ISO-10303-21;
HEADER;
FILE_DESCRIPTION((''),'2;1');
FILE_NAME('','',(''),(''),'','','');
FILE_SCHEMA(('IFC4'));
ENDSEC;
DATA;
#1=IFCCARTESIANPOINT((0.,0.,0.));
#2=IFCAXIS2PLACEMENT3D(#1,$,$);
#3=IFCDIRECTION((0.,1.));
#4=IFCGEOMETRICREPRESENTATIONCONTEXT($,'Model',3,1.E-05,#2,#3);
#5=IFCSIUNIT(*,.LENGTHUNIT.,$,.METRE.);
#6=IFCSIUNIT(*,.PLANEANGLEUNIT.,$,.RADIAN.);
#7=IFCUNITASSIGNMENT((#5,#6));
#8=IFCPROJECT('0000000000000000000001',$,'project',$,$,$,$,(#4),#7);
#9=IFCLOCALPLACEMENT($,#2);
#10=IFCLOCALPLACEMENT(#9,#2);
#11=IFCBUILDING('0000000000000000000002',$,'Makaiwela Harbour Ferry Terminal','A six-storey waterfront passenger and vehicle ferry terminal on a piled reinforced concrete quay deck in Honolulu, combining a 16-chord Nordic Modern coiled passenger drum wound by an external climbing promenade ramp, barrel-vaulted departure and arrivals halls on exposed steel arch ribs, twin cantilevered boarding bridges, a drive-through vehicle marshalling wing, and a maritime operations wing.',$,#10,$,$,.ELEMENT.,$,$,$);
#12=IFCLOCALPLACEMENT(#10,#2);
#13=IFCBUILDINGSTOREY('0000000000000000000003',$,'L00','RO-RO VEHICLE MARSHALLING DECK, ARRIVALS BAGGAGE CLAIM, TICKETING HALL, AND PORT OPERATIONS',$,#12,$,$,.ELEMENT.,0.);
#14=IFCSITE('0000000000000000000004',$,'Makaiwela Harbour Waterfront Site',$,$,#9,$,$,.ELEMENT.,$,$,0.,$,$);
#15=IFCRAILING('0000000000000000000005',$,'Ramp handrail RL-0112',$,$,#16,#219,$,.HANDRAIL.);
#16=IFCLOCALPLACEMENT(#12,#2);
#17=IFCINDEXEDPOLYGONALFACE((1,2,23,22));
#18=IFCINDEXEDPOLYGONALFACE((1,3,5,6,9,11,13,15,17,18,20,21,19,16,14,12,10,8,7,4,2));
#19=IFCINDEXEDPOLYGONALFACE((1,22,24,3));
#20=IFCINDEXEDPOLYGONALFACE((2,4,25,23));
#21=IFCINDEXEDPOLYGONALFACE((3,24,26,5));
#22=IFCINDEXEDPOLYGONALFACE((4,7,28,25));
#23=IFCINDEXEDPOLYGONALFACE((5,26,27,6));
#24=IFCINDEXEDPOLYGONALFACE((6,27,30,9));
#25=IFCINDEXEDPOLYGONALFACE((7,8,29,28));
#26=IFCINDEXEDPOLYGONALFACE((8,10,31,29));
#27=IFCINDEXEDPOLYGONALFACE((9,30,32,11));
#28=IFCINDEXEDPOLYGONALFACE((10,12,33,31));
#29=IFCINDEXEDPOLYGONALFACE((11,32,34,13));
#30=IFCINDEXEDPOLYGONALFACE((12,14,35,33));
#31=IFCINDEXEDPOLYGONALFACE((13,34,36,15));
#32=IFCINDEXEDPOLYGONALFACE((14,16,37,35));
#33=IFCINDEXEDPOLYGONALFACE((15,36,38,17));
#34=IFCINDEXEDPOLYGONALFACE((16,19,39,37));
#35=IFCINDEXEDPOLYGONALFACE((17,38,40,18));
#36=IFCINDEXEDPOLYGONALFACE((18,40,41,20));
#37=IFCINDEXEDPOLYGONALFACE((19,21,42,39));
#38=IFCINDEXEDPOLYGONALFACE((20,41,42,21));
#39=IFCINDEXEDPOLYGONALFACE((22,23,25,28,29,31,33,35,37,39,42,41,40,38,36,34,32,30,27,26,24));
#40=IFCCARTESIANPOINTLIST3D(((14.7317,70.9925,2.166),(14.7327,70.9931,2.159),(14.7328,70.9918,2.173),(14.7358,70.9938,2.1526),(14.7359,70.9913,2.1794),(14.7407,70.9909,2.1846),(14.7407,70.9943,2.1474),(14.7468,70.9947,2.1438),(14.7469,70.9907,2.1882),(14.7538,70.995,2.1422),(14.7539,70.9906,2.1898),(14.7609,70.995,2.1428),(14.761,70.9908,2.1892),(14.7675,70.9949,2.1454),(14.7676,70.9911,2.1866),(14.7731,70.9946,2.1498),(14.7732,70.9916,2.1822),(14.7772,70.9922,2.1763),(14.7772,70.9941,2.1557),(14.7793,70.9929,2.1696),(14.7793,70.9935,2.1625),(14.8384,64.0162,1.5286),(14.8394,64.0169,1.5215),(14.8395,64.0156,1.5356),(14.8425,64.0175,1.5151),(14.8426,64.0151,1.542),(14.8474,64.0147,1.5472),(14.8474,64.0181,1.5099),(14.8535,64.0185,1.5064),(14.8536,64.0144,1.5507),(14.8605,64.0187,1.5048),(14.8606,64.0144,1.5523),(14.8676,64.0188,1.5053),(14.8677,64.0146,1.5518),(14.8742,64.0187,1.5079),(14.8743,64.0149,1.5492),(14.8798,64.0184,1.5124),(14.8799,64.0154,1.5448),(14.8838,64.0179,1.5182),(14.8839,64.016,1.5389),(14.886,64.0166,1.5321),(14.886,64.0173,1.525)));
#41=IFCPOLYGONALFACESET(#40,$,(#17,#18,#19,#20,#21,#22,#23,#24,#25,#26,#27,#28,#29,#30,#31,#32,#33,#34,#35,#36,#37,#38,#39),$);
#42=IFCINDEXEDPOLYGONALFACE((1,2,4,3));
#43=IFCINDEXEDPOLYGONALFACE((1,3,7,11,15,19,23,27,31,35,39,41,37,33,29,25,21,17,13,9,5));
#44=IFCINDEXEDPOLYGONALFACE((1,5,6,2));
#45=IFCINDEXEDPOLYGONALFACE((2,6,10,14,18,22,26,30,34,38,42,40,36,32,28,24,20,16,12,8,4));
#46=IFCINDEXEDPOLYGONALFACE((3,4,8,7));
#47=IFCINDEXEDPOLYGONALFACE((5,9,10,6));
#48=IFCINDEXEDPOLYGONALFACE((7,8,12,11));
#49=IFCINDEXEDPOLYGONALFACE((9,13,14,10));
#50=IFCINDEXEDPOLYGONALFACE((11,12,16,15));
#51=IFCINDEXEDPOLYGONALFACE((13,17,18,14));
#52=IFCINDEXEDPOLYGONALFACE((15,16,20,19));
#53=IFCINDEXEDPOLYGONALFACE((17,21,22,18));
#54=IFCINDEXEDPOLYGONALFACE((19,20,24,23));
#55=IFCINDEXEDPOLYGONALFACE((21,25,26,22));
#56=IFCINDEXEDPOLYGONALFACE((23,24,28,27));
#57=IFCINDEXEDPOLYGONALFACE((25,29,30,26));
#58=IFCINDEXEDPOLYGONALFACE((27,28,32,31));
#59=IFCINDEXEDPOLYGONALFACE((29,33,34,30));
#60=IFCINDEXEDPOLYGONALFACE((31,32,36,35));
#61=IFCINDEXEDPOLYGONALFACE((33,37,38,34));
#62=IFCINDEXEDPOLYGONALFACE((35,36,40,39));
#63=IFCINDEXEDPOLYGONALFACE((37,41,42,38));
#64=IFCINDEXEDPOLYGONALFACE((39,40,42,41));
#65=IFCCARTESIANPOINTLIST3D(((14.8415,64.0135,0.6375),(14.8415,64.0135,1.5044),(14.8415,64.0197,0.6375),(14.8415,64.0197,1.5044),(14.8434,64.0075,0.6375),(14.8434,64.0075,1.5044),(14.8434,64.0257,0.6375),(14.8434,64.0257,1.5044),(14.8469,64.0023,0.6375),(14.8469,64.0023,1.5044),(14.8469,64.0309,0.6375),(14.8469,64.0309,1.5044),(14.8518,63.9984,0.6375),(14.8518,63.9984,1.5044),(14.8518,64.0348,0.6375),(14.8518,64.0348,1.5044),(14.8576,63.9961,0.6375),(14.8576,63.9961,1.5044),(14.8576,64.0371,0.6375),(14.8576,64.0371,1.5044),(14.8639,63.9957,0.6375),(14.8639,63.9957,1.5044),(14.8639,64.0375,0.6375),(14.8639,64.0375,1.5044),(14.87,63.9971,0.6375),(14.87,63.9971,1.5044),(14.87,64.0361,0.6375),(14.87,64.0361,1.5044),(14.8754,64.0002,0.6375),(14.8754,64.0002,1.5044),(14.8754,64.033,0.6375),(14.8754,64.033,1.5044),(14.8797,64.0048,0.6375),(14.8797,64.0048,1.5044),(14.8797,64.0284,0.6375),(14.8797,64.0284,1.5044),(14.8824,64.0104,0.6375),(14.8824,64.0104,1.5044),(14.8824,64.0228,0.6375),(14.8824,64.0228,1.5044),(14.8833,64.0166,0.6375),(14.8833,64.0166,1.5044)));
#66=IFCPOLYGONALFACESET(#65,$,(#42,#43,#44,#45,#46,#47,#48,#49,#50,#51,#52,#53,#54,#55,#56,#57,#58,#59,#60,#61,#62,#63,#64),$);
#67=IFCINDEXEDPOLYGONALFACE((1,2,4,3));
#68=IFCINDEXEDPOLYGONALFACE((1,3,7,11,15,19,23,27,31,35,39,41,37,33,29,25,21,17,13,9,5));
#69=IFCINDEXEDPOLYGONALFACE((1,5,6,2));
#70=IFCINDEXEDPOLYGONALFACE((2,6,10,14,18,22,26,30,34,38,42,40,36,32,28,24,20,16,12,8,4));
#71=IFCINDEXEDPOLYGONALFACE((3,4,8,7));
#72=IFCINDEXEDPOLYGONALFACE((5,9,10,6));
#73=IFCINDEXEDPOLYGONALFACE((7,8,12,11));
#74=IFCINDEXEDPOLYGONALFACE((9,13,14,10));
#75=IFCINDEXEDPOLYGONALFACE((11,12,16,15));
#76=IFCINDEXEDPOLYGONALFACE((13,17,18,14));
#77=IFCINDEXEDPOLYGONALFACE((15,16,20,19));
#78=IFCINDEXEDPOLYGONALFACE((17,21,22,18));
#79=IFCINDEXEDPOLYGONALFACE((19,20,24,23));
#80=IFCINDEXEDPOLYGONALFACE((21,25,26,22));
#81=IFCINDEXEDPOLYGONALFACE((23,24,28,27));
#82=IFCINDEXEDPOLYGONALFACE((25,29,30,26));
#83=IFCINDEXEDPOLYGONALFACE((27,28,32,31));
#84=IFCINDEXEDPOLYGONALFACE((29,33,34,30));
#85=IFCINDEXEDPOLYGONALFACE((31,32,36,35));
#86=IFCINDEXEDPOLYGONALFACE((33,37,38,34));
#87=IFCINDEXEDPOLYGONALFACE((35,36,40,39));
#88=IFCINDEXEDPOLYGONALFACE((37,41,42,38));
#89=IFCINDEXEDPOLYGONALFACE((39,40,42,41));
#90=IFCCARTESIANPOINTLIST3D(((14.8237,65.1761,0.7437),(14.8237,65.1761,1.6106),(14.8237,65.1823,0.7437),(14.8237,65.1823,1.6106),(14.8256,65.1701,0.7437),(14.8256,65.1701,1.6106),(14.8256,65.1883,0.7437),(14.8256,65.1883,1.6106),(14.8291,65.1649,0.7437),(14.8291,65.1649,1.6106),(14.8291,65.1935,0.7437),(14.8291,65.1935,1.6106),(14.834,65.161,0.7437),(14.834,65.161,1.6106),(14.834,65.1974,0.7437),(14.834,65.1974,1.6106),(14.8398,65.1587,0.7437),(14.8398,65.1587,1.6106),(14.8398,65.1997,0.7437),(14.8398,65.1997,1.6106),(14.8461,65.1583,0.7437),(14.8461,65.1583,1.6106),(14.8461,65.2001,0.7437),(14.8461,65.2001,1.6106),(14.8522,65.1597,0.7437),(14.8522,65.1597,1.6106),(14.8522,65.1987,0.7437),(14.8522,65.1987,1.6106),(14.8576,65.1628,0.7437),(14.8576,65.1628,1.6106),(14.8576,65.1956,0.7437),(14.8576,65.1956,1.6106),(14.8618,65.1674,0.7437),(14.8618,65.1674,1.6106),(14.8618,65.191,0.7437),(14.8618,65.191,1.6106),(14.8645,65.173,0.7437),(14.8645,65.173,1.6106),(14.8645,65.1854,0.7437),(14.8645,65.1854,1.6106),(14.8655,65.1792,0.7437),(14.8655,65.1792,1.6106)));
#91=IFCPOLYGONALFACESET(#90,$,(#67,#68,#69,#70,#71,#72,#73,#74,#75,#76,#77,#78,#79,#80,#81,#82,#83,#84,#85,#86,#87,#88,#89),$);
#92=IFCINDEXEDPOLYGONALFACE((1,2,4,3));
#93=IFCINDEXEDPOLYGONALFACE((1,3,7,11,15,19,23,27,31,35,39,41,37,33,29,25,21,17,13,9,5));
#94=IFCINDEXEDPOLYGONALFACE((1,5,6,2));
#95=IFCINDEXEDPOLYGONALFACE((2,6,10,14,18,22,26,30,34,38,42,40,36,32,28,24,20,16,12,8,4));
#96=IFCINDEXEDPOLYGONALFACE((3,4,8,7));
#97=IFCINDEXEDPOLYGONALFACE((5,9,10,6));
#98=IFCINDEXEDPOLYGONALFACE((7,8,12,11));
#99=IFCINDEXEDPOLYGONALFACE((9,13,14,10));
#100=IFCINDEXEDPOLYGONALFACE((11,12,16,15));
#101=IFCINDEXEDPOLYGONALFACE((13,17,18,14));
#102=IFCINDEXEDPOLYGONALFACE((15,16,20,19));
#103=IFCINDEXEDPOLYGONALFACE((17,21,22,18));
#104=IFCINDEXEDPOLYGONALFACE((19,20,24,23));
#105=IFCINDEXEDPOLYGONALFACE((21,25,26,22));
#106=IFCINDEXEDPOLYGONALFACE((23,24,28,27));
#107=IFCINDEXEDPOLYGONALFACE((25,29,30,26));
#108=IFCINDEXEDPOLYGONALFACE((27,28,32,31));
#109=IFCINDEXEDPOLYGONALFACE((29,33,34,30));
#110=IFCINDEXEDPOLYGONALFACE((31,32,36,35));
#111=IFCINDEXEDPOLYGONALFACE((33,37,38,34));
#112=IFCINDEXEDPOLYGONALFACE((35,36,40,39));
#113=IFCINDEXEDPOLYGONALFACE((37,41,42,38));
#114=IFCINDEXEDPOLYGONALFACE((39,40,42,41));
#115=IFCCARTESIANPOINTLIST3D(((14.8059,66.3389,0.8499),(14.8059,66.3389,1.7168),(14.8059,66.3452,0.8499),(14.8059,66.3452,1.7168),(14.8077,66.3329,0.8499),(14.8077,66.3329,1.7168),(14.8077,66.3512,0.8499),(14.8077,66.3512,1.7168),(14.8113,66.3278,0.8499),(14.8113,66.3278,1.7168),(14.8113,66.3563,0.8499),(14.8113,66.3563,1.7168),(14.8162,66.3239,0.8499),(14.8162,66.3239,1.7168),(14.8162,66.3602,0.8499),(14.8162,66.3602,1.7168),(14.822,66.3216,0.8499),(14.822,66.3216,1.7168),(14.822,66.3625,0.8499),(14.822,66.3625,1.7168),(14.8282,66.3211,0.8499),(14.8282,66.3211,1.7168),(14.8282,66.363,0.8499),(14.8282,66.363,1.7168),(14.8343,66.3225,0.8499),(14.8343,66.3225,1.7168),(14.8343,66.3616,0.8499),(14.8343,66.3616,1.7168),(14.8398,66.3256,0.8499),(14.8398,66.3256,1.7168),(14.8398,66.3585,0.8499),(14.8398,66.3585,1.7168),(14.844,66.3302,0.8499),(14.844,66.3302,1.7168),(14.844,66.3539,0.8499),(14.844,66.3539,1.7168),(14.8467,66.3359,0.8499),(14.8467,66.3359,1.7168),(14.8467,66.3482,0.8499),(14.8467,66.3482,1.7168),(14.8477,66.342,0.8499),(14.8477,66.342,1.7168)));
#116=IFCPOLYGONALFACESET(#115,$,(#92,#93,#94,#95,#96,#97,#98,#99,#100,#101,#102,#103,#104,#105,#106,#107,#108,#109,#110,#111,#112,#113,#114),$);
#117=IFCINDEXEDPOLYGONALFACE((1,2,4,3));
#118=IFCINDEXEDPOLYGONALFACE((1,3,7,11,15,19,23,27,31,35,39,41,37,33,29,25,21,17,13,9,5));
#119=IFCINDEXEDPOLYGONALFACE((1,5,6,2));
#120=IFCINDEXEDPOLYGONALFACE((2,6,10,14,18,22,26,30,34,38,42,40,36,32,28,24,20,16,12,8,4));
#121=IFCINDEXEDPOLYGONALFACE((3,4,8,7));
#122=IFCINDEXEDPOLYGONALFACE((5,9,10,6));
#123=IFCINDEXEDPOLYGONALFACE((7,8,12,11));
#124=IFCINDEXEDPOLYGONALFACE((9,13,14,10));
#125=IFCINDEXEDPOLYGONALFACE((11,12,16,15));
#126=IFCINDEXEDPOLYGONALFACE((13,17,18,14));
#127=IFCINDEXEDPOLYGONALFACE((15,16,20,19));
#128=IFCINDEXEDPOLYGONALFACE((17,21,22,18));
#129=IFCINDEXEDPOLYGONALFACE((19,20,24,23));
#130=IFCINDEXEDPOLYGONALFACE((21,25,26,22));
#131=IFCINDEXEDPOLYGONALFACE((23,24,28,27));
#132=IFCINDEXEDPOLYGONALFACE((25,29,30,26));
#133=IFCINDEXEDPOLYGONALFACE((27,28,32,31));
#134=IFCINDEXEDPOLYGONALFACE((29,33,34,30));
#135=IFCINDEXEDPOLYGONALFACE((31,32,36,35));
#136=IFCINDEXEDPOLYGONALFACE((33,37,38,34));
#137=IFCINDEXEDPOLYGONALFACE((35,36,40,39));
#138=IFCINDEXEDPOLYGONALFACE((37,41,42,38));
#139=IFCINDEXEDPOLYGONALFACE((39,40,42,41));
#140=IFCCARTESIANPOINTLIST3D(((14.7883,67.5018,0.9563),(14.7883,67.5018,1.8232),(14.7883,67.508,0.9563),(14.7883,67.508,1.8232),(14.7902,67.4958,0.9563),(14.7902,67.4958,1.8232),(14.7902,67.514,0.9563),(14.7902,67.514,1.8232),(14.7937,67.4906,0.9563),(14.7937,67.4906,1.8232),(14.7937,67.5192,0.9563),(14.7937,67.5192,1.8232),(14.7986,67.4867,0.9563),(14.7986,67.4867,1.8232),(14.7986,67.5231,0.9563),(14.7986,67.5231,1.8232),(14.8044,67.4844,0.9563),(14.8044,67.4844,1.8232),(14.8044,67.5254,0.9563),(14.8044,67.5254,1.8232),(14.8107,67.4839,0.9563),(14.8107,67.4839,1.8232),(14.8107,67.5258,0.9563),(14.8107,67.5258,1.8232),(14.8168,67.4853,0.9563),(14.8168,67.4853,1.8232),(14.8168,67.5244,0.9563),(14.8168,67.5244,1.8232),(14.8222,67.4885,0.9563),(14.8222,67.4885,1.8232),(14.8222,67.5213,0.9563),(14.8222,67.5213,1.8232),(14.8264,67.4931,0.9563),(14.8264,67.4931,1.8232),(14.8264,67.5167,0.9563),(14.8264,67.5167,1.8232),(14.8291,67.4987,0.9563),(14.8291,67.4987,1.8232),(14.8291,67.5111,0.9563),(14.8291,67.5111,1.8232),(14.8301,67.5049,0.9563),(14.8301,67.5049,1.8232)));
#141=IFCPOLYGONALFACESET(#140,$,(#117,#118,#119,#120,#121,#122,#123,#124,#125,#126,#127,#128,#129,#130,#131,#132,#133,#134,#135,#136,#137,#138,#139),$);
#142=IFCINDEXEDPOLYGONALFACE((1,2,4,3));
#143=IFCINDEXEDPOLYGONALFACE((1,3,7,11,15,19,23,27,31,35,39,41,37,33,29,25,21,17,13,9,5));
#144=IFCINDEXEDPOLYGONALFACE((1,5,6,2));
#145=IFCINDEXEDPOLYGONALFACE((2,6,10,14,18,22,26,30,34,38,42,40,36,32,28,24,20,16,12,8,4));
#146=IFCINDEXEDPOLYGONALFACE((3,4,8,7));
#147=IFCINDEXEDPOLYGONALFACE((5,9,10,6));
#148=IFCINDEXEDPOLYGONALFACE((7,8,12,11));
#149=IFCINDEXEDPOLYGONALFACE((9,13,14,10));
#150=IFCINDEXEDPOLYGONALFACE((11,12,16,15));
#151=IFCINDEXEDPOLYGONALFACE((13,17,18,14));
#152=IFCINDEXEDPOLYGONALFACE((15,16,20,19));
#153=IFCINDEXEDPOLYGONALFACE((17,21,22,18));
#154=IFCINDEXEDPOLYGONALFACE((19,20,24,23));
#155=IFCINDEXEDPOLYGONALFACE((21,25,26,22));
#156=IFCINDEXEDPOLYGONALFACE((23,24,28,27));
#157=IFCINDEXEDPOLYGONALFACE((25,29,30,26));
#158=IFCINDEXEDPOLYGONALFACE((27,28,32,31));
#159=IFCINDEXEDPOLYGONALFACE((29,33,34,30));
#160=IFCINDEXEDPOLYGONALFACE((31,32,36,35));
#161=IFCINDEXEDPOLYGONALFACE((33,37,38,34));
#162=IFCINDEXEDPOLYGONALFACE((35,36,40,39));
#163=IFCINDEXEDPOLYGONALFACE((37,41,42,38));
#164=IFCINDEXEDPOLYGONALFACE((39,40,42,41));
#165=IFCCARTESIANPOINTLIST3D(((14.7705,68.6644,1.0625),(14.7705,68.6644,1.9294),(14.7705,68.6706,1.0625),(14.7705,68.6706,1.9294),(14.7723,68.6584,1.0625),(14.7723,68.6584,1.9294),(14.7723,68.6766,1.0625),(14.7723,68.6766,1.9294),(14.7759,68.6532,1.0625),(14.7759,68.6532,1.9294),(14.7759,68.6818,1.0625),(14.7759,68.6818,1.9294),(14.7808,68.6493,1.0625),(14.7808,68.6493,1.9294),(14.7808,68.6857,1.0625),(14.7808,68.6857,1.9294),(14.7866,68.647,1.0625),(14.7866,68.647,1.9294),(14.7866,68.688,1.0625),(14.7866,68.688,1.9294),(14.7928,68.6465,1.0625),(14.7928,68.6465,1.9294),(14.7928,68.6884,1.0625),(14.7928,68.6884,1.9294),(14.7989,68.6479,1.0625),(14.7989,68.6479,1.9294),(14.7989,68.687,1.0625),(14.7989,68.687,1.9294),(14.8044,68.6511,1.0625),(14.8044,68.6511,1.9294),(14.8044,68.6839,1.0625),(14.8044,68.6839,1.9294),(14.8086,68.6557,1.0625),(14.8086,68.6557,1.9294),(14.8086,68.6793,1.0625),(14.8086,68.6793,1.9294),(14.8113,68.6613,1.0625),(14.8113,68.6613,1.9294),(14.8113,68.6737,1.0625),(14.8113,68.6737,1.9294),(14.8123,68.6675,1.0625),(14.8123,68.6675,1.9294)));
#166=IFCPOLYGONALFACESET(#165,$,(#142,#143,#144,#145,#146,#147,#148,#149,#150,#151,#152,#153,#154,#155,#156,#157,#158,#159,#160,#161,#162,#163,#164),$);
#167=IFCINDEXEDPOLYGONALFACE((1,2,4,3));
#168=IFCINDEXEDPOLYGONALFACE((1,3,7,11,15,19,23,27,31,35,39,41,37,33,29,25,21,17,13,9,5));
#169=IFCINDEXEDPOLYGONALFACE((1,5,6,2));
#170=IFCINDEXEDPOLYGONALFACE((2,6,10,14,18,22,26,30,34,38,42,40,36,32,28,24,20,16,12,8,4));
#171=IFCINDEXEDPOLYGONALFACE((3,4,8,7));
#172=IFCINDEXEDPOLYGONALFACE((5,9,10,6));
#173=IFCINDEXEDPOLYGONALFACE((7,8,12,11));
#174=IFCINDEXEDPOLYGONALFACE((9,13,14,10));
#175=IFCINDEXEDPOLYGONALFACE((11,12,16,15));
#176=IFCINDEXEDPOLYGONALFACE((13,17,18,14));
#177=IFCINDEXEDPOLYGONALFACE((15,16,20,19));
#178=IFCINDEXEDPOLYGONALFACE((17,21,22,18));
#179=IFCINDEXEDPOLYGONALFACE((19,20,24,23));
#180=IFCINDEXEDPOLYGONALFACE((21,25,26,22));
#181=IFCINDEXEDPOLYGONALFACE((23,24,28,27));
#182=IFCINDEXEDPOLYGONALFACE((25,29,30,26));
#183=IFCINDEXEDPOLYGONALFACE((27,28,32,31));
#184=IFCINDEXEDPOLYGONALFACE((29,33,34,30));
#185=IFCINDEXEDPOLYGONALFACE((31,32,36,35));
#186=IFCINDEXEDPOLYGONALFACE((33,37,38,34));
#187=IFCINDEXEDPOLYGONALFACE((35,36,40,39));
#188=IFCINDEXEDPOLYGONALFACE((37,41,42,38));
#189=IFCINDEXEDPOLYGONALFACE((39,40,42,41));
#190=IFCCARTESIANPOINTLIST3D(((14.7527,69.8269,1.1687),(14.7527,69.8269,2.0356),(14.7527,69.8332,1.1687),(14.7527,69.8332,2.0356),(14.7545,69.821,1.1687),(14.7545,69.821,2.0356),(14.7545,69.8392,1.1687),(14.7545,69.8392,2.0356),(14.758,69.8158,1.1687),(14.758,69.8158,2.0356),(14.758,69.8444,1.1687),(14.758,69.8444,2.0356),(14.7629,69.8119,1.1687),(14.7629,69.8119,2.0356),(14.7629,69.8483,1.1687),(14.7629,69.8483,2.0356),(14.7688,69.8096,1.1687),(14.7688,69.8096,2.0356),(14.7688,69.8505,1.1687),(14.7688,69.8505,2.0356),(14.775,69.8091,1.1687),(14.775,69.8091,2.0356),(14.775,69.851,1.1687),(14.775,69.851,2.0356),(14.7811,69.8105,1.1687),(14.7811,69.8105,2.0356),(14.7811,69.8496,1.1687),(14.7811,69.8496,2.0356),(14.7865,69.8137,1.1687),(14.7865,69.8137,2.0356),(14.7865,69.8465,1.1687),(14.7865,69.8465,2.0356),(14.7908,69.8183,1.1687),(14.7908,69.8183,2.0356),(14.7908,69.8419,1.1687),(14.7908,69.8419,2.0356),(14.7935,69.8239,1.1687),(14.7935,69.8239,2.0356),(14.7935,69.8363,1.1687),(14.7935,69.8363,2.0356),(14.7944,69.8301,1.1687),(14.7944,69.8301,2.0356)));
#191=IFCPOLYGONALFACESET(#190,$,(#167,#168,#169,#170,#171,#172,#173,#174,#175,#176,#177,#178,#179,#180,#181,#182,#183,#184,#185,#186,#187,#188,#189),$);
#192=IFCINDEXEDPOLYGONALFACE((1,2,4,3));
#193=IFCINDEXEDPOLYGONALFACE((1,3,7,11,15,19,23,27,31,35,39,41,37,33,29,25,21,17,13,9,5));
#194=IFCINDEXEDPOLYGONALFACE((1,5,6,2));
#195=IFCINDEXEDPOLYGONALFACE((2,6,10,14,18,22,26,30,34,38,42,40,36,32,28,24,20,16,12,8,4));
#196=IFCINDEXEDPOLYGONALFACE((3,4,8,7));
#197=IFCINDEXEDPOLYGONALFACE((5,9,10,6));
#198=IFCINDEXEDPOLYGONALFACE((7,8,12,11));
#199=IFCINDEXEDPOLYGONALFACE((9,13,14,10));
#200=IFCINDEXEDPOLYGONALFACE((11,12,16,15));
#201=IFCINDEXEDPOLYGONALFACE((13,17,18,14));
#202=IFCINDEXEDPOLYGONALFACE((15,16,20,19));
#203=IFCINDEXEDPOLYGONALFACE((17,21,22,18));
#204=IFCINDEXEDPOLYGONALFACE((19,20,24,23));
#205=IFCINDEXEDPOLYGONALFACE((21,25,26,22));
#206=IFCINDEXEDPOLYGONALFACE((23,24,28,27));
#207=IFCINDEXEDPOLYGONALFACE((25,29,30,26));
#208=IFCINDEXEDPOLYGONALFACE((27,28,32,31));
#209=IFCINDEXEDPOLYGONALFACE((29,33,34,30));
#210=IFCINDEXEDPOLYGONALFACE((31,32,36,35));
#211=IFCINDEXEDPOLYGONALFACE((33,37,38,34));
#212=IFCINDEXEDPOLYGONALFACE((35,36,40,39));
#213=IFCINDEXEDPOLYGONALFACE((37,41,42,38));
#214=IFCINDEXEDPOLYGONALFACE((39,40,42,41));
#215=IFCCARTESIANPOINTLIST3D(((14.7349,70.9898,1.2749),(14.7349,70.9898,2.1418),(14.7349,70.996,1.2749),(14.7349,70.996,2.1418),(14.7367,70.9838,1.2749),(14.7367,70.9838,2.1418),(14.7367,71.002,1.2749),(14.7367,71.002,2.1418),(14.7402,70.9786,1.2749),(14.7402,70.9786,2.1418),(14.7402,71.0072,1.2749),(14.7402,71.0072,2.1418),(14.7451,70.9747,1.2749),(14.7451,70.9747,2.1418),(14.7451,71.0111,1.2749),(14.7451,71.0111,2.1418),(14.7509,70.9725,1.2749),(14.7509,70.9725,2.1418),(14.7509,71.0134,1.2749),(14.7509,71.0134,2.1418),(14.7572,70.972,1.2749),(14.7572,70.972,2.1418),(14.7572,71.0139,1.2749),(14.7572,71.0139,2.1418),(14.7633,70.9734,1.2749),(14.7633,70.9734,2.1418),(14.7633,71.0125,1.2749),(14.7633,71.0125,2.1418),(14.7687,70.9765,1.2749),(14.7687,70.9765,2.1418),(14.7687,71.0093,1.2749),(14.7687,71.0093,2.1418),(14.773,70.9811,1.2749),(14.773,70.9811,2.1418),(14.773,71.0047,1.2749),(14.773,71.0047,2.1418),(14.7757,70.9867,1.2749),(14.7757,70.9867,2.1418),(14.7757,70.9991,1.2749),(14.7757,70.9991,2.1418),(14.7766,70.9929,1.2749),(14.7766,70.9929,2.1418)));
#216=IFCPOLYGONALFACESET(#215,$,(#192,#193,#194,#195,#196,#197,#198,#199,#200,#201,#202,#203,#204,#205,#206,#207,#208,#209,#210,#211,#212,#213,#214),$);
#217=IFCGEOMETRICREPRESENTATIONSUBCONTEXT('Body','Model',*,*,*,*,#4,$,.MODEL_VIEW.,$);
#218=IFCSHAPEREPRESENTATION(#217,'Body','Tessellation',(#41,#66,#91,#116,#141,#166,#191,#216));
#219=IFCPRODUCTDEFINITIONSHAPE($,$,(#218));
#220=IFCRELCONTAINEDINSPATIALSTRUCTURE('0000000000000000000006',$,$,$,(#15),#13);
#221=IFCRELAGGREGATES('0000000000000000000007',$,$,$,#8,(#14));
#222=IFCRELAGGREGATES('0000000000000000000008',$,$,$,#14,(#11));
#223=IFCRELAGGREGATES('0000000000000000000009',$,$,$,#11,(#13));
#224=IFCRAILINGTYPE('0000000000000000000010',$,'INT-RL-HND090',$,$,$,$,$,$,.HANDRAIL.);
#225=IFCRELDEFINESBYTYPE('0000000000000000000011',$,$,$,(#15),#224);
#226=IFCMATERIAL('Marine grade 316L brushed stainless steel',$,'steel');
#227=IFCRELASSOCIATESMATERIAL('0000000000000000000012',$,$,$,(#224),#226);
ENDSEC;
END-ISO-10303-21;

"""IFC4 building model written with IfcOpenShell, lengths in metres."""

from ifc_helpers import new_model, si_unit, direction, frame, origin, origin_2d, place, context, subcontext, project, spatial, circle, extrude, material, type_object, element, save


model = new_model("IFC4")

# Units and contexts
model_context = context("Model", 3, precision=1e-05, world=origin(), true_north=direction((0.0, 1.0)))
body_context = subcontext(model_context, "Body", "Model", "MODEL_VIEW")
ifc_project = project(units=[si_unit("LENGTHUNIT", "METRE"), si_unit("PLANEANGLEUNIT", "RADIAN")], contexts=[model_context])

# Site, building, storey
site_placement = place(None, origin())
site = spatial("IfcSite", under=ifc_project, at=site_placement, Name="Makaiwela Harbour Waterfront Site", CompositionType="ELEMENT", RefElevation=0.0)
building_placement = place(site_placement, origin())
building = spatial("IfcBuilding", under=site, at=building_placement, Name="Makaiwela Harbour Ferry Terminal", Description="A six-storey waterfront passenger and vehicle ferry terminal on a piled reinforced concrete quay deck in Honolulu, combining a 16-chord Nordic Modern coiled passenger drum wound by an external climbing promenade ramp, barrel-vaulted departure and arrivals halls on exposed steel arch ribs, twin cantilevered boarding bridges, a drive-through vehicle marshalling wing, and a maritime operations wing.", CompositionType="ELEMENT")
storey_placement = place(building_placement, origin())
storey = spatial("IfcBuildingStorey", under=building, at=storey_placement, Name="L00", Description="RO-RO VEHICLE MARSHALLING DECK, ARRIVALS BAGGAGE CLAIM, TICKETING HALL, AND PORT OPERATIONS", CompositionType="ELEMENT", Elevation=0.0)

# Railing
ifc_material_1 = material(Name="Marine grade 316L brushed stainless steel", Category="steel")
railing_type_1 = type_object("IfcRailingType", Name="INT-RL-HND090", PredefinedType="HANDRAIL", material=ifc_material_1)
railing_1_placement = place(storey_placement, frame((14.8623, 64.0166, 0.6375)))
element("IfcRailing", 1, at=railing_1_placement, inside=storey, type_object=railing_type_1, Name="Ramp handrail RL-0112", PredefinedType="HANDRAIL", context=body_context, shape_type="SweptSolid", body=[
    extrude(circle(Radius=0.0239, at=origin_2d()), frame((0.0, 0.0, 0.8911), z_axis=(-0.015228, 0.995736, 0.090984), x_axis=(-0.999883, -0.015291, 0.0)), (0.0, 0.0, 1.0), 7.0061),
    extrude(circle(Radius=0.021, at=origin_2d()), origin(), (0.0, 0.0, 1.0), 0.8669),
    extrude(circle(Radius=0.021, at=origin_2d()), frame((-0.0178, 1.1626, 0.1062)), (0.0, 0.0, 1.0), 0.8669),
    extrude(circle(Radius=0.021, at=origin_2d()), frame((-0.0356, 2.3254, 0.2124)), (0.0, 0.0, 1.0), 0.8669),
    extrude(circle(Radius=0.021, at=origin_2d()), frame((-0.0532, 3.4883, 0.3188)), (0.0, 0.0, 1.0), 0.8669),
    extrude(circle(Radius=0.021, at=origin_2d()), frame((-0.071, 4.6509, 0.425)), (0.0, 0.0, 1.0), 0.8669),
    extrude(circle(Radius=0.021, at=origin_2d()), frame((-0.0889, 5.8135, 0.5312)), (0.0, 0.0, 1.0), 0.8669),
    extrude(circle(Radius=0.021, at=origin_2d()), frame((-0.1067, 6.9763, 0.6375)), (0.0, 0.0, 1.0), 0.8669),
])

save(model, "model.ifc")
